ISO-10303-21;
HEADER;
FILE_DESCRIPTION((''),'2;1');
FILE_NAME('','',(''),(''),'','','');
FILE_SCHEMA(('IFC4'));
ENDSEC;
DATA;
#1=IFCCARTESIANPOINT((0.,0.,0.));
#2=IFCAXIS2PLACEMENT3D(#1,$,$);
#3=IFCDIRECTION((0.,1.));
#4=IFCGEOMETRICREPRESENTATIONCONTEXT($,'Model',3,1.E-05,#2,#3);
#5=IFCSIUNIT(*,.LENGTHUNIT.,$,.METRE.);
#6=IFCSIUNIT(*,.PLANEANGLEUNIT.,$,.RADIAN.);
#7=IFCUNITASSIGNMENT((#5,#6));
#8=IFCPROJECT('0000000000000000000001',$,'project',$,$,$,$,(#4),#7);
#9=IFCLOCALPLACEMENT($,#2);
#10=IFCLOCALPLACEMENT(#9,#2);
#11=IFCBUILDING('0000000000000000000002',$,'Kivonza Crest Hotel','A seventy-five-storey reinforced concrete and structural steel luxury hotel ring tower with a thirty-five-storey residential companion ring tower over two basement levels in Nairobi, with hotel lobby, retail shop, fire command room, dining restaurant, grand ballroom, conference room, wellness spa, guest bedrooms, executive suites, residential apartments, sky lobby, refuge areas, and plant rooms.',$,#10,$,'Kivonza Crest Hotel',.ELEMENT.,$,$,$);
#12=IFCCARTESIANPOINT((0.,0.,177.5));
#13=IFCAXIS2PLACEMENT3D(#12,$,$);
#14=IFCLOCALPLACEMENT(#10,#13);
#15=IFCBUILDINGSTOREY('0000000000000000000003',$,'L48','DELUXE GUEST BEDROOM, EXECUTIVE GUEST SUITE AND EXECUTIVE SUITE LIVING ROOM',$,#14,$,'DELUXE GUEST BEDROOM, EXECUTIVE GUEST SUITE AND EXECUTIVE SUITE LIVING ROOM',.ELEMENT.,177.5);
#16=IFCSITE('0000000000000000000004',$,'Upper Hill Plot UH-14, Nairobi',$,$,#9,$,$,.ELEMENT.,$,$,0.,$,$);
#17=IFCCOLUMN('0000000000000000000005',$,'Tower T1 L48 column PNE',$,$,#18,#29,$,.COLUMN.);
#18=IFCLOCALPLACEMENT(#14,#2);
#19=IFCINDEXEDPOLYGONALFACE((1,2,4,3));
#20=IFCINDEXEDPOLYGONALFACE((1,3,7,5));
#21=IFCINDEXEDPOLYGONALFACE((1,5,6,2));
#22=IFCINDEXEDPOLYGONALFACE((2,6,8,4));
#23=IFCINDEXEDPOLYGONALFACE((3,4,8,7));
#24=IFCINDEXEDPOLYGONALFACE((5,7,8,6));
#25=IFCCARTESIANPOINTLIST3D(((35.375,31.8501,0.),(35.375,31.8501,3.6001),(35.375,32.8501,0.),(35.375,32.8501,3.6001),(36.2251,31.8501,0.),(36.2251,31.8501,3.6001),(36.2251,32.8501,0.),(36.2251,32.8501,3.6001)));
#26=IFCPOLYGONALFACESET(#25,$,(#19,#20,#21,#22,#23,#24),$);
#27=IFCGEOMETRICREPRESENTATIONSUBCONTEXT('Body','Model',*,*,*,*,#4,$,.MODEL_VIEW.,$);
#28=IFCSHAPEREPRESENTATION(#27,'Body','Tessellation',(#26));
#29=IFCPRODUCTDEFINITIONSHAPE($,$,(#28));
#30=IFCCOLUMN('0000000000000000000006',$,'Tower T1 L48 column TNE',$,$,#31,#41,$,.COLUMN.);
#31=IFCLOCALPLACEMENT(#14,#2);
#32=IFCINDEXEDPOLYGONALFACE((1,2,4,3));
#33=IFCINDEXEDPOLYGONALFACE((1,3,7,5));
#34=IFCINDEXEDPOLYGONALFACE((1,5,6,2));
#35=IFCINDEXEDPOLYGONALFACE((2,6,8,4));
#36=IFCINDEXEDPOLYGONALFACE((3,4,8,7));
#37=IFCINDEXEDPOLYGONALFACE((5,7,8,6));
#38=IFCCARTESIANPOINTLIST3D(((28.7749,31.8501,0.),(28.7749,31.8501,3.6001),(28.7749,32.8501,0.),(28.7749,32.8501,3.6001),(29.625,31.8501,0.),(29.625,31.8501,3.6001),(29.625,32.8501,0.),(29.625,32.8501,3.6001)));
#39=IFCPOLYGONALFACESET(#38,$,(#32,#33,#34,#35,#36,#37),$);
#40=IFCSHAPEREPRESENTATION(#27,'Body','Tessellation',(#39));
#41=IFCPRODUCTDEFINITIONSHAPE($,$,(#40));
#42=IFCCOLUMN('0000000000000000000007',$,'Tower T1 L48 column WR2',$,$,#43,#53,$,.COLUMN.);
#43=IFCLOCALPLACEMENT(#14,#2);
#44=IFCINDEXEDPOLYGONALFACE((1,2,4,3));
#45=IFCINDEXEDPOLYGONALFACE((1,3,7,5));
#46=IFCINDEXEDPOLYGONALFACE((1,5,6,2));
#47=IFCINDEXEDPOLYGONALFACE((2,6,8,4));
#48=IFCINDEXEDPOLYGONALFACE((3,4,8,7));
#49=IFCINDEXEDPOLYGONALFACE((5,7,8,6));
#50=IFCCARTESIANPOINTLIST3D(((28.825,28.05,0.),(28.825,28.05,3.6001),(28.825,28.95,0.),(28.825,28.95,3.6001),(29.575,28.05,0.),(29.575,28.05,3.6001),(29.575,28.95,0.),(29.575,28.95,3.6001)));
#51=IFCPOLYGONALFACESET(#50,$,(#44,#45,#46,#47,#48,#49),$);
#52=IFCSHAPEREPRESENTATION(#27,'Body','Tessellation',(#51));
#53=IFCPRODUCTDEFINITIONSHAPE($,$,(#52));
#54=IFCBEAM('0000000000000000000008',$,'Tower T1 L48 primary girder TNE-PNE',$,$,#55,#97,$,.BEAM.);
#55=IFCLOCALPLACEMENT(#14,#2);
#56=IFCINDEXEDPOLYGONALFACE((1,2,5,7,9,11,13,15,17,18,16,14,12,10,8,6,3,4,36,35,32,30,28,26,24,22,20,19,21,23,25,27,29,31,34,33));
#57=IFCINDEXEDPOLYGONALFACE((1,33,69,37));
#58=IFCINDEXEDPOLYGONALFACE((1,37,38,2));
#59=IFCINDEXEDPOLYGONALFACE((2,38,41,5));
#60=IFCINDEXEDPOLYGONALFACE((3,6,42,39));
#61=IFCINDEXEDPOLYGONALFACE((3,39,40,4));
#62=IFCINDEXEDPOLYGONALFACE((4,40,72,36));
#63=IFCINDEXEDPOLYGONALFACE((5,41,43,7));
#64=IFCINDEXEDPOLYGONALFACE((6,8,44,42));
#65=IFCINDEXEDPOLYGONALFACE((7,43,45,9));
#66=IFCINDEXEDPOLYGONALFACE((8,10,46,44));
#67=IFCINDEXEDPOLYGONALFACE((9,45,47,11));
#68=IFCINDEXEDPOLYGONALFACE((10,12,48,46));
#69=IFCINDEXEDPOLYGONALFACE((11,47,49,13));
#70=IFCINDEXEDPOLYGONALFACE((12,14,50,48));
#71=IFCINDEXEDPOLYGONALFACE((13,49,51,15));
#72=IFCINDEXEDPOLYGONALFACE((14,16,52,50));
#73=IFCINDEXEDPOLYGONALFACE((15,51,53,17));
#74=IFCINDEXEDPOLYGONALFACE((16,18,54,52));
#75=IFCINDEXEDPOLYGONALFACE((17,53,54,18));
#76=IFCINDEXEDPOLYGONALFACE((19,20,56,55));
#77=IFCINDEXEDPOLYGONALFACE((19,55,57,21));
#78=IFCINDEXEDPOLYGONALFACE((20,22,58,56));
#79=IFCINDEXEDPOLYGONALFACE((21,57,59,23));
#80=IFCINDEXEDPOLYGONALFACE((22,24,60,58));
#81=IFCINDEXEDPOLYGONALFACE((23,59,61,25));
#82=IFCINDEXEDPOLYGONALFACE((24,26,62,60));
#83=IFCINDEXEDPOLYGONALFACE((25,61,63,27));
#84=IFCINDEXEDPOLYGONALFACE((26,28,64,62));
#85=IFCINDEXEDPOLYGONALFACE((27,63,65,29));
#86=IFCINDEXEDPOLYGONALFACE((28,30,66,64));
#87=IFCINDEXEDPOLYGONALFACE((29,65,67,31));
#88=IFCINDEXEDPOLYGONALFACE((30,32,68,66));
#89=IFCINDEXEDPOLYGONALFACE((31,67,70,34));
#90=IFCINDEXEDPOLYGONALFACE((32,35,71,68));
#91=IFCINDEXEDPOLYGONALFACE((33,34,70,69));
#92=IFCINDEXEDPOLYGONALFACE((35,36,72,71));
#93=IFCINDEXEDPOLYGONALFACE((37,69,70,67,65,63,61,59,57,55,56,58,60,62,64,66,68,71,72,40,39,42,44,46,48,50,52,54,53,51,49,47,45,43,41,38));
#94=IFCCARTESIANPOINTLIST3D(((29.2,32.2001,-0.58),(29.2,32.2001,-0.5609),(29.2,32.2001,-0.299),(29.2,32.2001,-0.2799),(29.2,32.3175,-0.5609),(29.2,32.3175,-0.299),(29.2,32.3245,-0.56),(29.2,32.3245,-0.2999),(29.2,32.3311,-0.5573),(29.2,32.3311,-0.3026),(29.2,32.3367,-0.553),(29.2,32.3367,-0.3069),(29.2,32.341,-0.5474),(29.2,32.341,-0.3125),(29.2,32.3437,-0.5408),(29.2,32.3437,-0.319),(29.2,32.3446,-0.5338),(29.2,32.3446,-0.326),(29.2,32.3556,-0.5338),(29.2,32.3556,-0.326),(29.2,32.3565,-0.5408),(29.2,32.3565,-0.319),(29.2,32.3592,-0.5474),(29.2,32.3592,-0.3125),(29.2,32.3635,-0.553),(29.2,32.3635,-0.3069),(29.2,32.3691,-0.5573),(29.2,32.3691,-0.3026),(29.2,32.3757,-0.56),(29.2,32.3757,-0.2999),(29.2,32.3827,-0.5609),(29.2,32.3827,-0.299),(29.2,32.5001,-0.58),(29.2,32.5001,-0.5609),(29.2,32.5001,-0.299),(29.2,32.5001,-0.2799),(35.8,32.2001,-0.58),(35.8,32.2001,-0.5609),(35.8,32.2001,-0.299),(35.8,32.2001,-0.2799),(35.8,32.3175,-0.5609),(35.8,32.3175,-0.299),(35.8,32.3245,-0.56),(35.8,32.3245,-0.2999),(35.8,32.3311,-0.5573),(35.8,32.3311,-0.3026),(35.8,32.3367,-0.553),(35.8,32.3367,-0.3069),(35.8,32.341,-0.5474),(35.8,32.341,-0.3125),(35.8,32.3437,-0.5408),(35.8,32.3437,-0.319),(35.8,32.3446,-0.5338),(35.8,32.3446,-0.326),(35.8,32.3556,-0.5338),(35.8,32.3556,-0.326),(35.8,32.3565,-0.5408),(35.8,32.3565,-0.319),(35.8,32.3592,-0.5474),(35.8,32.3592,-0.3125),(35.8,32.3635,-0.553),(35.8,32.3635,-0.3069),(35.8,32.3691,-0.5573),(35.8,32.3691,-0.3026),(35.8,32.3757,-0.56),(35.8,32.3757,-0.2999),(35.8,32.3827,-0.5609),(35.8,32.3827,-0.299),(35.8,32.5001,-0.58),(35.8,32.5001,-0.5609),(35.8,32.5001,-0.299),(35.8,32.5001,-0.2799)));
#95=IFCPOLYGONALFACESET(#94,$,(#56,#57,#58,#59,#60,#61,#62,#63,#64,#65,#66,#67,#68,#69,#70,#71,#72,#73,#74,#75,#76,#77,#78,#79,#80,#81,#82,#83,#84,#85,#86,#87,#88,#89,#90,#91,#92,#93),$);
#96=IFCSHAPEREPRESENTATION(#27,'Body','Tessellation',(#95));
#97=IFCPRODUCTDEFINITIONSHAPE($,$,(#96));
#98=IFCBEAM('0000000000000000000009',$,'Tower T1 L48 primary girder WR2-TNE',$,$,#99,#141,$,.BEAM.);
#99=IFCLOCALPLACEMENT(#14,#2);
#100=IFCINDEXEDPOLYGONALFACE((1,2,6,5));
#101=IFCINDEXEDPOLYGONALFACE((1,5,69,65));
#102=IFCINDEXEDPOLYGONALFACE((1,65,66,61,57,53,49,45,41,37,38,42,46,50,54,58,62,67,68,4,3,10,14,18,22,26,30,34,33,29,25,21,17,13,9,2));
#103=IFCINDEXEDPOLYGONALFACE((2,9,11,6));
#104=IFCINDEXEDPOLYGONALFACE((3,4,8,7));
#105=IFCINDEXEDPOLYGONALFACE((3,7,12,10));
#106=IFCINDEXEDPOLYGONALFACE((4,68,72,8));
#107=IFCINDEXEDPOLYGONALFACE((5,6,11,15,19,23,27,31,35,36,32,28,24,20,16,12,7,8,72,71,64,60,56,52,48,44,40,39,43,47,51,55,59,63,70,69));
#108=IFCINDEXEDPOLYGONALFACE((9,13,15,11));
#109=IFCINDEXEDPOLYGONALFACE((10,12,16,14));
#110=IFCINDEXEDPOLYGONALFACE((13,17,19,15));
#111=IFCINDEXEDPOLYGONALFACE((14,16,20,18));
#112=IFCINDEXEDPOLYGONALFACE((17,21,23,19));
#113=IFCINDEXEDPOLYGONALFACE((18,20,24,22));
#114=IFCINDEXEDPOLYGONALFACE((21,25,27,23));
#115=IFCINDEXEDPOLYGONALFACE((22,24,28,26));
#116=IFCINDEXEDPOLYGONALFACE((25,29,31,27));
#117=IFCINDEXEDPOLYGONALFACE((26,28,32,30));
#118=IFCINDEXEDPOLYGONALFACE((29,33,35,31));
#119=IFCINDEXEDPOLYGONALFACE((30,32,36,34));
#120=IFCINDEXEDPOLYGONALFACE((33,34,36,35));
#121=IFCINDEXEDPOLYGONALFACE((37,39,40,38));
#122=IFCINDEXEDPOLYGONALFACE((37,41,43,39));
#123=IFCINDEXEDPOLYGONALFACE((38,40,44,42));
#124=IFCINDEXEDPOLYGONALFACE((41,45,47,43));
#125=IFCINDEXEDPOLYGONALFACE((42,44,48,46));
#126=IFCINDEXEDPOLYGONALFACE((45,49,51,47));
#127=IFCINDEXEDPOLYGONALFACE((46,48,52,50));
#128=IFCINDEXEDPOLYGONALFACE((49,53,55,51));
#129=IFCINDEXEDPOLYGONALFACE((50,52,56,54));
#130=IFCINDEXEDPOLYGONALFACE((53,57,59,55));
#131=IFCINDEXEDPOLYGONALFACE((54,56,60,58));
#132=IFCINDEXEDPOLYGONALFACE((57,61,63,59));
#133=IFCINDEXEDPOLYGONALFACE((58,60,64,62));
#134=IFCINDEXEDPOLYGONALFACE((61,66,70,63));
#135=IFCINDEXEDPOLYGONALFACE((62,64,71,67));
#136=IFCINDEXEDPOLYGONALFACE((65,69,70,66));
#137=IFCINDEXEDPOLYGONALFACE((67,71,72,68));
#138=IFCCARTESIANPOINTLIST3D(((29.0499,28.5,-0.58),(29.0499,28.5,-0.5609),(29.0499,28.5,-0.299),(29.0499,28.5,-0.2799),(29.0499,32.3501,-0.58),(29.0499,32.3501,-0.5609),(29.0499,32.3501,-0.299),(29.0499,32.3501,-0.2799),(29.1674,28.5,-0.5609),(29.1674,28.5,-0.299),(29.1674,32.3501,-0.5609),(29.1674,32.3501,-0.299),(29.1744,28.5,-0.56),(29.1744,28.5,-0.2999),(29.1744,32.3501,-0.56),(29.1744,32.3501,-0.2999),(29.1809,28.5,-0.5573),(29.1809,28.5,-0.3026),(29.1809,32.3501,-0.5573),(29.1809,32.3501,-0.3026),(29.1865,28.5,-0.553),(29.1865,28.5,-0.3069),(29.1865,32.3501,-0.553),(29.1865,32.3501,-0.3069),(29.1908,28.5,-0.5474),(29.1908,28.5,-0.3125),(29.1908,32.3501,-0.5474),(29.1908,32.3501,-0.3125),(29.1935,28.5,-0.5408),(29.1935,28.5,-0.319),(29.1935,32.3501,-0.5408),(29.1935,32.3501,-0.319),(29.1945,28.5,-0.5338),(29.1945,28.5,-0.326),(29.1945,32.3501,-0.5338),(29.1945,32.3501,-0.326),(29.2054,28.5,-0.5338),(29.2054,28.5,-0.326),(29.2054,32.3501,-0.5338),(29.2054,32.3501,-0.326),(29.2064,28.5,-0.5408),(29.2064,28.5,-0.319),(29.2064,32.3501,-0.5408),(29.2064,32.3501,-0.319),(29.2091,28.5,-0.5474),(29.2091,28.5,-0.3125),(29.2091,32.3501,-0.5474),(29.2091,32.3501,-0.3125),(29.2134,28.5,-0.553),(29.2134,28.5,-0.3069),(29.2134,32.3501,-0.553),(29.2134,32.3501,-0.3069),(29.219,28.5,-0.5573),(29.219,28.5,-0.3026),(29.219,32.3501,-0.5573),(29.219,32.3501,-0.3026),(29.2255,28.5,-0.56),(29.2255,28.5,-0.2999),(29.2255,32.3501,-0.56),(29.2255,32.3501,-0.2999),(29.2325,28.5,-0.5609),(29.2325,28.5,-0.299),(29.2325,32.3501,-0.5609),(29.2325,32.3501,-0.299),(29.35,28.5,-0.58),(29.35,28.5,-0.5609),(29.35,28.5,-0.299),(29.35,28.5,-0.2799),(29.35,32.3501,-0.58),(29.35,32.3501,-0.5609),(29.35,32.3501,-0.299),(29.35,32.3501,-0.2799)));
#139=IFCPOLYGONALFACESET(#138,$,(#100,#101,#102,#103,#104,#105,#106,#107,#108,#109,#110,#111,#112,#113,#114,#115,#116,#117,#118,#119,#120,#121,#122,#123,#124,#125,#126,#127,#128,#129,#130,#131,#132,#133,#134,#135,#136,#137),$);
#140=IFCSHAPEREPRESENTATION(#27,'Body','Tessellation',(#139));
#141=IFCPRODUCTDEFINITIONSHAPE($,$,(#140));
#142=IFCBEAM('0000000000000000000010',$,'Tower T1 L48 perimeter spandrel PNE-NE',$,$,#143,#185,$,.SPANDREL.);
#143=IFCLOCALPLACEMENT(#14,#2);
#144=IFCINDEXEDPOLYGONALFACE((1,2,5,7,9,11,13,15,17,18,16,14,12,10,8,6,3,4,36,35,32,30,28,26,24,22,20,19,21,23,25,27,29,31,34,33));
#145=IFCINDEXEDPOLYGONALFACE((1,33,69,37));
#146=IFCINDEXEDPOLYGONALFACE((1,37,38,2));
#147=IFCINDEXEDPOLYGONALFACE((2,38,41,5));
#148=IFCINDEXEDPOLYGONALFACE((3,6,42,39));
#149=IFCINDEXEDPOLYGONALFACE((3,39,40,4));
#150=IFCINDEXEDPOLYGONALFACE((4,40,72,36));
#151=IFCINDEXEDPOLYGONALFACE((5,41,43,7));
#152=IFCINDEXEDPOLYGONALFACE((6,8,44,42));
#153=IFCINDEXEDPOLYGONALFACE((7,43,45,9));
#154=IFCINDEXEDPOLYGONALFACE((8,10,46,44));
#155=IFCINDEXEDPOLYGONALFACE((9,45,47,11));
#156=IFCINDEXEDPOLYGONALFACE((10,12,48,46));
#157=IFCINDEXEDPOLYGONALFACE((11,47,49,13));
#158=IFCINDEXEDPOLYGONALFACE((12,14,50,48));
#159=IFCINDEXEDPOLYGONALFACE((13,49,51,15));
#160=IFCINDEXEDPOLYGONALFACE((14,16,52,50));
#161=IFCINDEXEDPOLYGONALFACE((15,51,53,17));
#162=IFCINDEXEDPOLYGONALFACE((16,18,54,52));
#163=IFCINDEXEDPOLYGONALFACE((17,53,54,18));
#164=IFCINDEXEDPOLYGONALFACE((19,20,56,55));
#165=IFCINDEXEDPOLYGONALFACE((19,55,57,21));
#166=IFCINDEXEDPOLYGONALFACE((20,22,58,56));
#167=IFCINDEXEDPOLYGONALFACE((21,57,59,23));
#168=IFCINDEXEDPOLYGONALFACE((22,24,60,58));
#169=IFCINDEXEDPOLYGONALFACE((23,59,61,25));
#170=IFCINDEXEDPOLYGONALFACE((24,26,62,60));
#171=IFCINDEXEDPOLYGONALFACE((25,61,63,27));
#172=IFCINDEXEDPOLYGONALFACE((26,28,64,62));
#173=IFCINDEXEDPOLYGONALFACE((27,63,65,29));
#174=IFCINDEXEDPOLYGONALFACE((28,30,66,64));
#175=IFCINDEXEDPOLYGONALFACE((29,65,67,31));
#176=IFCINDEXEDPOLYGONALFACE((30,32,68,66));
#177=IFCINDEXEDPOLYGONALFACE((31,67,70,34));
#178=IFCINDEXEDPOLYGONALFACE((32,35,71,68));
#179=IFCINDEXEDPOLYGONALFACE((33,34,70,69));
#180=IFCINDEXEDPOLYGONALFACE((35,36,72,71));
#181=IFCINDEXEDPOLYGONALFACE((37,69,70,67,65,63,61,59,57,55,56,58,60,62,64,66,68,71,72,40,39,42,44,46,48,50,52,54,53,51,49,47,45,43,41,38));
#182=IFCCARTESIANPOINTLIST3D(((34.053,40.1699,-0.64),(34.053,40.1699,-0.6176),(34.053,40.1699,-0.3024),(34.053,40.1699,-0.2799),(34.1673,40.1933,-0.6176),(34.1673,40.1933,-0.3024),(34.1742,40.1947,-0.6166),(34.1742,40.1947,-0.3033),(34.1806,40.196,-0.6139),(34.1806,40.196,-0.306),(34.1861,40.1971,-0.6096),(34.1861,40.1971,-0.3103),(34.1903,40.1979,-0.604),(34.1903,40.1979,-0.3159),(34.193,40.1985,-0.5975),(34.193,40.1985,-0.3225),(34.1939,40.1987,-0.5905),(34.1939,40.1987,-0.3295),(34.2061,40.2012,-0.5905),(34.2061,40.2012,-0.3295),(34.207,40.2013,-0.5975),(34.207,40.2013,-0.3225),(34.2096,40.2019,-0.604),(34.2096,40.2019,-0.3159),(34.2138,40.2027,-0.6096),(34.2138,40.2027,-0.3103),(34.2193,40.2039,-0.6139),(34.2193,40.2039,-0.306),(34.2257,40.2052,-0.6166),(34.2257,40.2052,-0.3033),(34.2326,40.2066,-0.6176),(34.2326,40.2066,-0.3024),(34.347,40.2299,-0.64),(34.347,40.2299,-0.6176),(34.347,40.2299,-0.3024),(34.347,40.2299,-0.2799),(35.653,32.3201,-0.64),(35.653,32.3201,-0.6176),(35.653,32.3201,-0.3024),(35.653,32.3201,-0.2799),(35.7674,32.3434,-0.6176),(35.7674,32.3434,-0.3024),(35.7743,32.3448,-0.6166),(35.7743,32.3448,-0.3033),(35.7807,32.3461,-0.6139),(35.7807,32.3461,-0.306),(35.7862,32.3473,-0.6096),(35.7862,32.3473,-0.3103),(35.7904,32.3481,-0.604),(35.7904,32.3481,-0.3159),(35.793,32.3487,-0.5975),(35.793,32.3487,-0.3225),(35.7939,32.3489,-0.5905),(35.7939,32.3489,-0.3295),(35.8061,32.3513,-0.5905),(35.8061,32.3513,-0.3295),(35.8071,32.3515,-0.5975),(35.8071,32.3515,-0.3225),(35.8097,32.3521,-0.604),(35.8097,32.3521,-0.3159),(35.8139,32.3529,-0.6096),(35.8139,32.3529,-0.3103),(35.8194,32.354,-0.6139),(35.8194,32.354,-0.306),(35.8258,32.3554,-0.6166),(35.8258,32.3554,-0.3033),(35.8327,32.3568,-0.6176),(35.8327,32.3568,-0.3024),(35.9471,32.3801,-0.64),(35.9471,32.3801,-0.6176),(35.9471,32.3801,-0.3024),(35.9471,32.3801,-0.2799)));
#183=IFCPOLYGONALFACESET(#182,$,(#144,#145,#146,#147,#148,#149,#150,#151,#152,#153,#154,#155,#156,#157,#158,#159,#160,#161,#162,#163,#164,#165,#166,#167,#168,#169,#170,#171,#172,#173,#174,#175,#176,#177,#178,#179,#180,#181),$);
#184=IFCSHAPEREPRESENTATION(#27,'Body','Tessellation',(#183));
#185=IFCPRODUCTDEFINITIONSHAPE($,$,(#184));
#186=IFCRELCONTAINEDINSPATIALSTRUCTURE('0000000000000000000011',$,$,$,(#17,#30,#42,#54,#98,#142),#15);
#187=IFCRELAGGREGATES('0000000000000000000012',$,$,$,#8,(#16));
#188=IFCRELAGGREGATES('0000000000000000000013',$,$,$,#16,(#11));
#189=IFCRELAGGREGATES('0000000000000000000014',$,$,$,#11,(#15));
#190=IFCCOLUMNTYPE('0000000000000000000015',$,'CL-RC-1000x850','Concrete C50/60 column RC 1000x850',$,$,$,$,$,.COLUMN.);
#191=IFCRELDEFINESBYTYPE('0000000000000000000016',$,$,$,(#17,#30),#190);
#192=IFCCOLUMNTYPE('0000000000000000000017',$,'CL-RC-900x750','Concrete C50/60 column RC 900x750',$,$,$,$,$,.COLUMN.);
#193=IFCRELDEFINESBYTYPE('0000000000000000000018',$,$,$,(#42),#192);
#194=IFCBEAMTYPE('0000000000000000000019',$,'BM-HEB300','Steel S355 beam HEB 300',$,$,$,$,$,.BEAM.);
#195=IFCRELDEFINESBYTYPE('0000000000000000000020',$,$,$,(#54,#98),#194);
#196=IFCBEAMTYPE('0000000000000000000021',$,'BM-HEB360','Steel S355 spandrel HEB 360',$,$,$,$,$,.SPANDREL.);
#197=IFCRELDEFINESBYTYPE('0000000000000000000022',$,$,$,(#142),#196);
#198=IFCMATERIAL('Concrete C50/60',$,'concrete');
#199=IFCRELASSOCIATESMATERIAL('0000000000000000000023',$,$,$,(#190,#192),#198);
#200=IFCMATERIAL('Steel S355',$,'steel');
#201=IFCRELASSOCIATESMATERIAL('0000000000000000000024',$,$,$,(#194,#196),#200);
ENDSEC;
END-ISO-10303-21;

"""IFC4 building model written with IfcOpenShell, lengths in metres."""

from ifc_helpers import new_model, si_unit, direction, frame, origin, origin_2d, place, context, subcontext, project, spatial, rectangle, i_section, extrude, material, material_profile, profile_set, type_object, element, save


model = new_model("IFC4")

# Units and contexts
model_context = context("Model", 3, precision=1e-05, world=origin(), true_north=direction((0.0, 1.0)))
body_context = subcontext(model_context, "Body", "Model", "MODEL_VIEW")
ifc_project = project(units=[si_unit("LENGTHUNIT", "METRE"), si_unit("PLANEANGLEUNIT", "RADIAN")], contexts=[model_context])

# Site, building, storey
site_placement = place(None, origin())
site = spatial("IfcSite", under=ifc_project, at=site_placement, Name="Upper Hill Plot UH-14, Nairobi", CompositionType="ELEMENT", RefElevation=0.0)
building_placement = place(site_placement, origin())
building = spatial("IfcBuilding", under=site, at=building_placement, Name="Kivonza Crest Hotel", Description="A seventy-five-storey reinforced concrete and structural steel luxury hotel ring tower with a thirty-five-storey residential companion ring tower over two basement levels in Nairobi, with hotel lobby, retail shop, fire command room, dining restaurant, grand ballroom, conference room, wellness spa, guest bedrooms, executive suites, residential apartments, sky lobby, refuge areas, and plant rooms.", LongName="Kivonza Crest Hotel", CompositionType="ELEMENT")
storey_placement = place(building_placement, frame((0.0, 0.0, 177.5)))
storey = spatial("IfcBuildingStorey", under=building, at=storey_placement, Name="L48", Description="DELUXE GUEST BEDROOM, EXECUTIVE GUEST SUITE AND EXECUTIVE SUITE LIVING ROOM", LongName="DELUXE GUEST BEDROOM, EXECUTIVE GUEST SUITE AND EXECUTIVE SUITE LIVING ROOM", CompositionType="ELEMENT", Elevation=177.5)

# Columns
ifc_material_1 = material(Name="Concrete C50/60", Category="concrete")
ifc_material_profile_1 = material_profile(ifc_material_1, rectangle(XDim=0.8501, YDim=1.0, at=origin_2d()), Name="RC 1000x850")
ifc_profile_set_1 = profile_set([ifc_material_profile_1], Name="Concrete C50/60")
column_type_1 = type_object("IfcColumnType", Name="CL-RC-1000x850", Description="Concrete C50/60 column RC 1000x850", PredefinedType="COLUMN", material=ifc_profile_set_1)
for number, where, z_axis, x_axis, name in (
    (1, (35.8, 32.3501, 0.0), (0.0, 0.0, 1.0), (1.0, 0.0, 0.0), "Tower T1 L48 column PNE"),
    (2, (29.2, 32.3501, 0.0), (0.0, 0.0, 1.0), (1.0, 0.0, 0.0), "Tower T1 L48 column TNE"),
):
    element("IfcColumn", number, at=place(storey_placement, frame(where, z_axis=z_axis, x_axis=x_axis)), inside=storey, type_object=column_type_1, Name=name, PredefinedType="COLUMN", context=body_context, shape_type="SweptSolid", body=[
        extrude(rectangle(XDim=0.8501, YDim=1.0, at=origin_2d()), origin(), (0.0, 0.0, 1.0), 3.6001),
    ])
ifc_material_profile_2 = material_profile(ifc_material_1, rectangle(XDim=0.75, YDim=0.8999, at=origin_2d()), Name="RC 900x750")
ifc_profile_set_2 = profile_set([ifc_material_profile_2], Name="Concrete C50/60")
column_type_2 = type_object("IfcColumnType", Name="CL-RC-900x750", Description="Concrete C50/60 column RC 900x750", PredefinedType="COLUMN", material=ifc_profile_set_2)
column_placement = place(storey_placement, frame((29.2, 28.5, 0.0), z_axis=(0.0, 0.0, 1.0), x_axis=(1.0, 0.0, 0.0)))
element("IfcColumn", 3, at=column_placement, inside=storey, type_object=column_type_2, Name="Tower T1 L48 column WR2", PredefinedType="COLUMN", context=body_context, shape_type="SweptSolid", body=[
    extrude(rectangle(XDim=0.75, YDim=0.8999, at=origin_2d()), origin(), (0.0, 0.0, 1.0), 3.6001),
])

# Beams
ifc_material_2 = material(Name="Steel S355", Category="steel")
ifc_material_profile_3 = material_profile(ifc_material_2, i_section(OverallWidth=0.3, OverallDepth=0.3, WebThickness=0.011, FlangeThickness=0.019, FilletRadius=0.0271, at=origin_2d()), Name="HEB 300")
ifc_profile_set_3 = profile_set([ifc_material_profile_3], Name="Steel S355")
beam_type_1 = type_object("IfcBeamType", Name="BM-HEB300", Description="Steel S355 beam HEB 300", PredefinedType="BEAM", material=ifc_profile_set_3)
beam_1_placement = place(storey_placement, frame((29.2, 32.3501, -0.4299), z_axis=(1.0, 0.0, 0.0), x_axis=(0.0, 1.0, 0.0)))
element("IfcBeam", 4, at=beam_1_placement, inside=storey, type_object=beam_type_1, Name="Tower T1 L48 primary girder TNE-PNE", PredefinedType="BEAM", context=body_context, shape_type="SweptSolid", body=[
    extrude(i_section(OverallWidth=0.3, OverallDepth=0.3, WebThickness=0.011, FlangeThickness=0.019, FilletRadius=0.0271, at=origin_2d()), origin(), (0.0, 0.0, 1.0), 6.6001),
])
beam_2_placement = place(storey_placement, frame((29.2, 28.5, -0.4299), z_axis=(0.0, 1.0, 0.0), x_axis=(-1.0, 0.0, 0.0)))
element("IfcBeam", 5, at=beam_2_placement, inside=storey, type_object=beam_type_1, Name="Tower T1 L48 primary girder WR2-TNE", PredefinedType="BEAM", context=body_context, shape_type="SweptSolid", body=[
    extrude(i_section(OverallWidth=0.3, OverallDepth=0.3, WebThickness=0.011, FlangeThickness=0.019, FilletRadius=0.0271, at=origin_2d()), origin(), (0.0, 0.0, 1.0), 3.8501),
])
ifc_material_profile_4 = material_profile(ifc_material_2, i_section(OverallWidth=0.3, OverallDepth=0.3601, WebThickness=0.0125, FlangeThickness=0.0225, FilletRadius=0.0271, at=origin_2d()), Name="HEB 360")
ifc_profile_set_4 = profile_set([ifc_material_profile_4], Name="Steel S355")
beam_type_2 = type_object("IfcBeamType", Name="BM-HEB360", Description="Steel S355 spandrel HEB 360", PredefinedType="SPANDREL", material=ifc_profile_set_4)
beam_3_placement = place(storey_placement, frame((35.8, 32.3501, -0.46), z_axis=(-0.199731, 0.979851, 0.0), x_axis=(-0.979851, -0.199731, 0.0)))
element("IfcBeam", 6, at=beam_3_placement, inside=storey, type_object=beam_type_2, Name="Tower T1 L48 perimeter spandrel PNE-NE", PredefinedType="SPANDREL", context=body_context, shape_type="SweptSolid", body=[
    extrude(i_section(OverallWidth=0.3, OverallDepth=0.3601, WebThickness=0.0125, FlangeThickness=0.0225, FilletRadius=0.0271, at=origin_2d()), origin(), (0.0, 0.0, 1.0), 8.0112),
])

save(model, "model.ifc")
